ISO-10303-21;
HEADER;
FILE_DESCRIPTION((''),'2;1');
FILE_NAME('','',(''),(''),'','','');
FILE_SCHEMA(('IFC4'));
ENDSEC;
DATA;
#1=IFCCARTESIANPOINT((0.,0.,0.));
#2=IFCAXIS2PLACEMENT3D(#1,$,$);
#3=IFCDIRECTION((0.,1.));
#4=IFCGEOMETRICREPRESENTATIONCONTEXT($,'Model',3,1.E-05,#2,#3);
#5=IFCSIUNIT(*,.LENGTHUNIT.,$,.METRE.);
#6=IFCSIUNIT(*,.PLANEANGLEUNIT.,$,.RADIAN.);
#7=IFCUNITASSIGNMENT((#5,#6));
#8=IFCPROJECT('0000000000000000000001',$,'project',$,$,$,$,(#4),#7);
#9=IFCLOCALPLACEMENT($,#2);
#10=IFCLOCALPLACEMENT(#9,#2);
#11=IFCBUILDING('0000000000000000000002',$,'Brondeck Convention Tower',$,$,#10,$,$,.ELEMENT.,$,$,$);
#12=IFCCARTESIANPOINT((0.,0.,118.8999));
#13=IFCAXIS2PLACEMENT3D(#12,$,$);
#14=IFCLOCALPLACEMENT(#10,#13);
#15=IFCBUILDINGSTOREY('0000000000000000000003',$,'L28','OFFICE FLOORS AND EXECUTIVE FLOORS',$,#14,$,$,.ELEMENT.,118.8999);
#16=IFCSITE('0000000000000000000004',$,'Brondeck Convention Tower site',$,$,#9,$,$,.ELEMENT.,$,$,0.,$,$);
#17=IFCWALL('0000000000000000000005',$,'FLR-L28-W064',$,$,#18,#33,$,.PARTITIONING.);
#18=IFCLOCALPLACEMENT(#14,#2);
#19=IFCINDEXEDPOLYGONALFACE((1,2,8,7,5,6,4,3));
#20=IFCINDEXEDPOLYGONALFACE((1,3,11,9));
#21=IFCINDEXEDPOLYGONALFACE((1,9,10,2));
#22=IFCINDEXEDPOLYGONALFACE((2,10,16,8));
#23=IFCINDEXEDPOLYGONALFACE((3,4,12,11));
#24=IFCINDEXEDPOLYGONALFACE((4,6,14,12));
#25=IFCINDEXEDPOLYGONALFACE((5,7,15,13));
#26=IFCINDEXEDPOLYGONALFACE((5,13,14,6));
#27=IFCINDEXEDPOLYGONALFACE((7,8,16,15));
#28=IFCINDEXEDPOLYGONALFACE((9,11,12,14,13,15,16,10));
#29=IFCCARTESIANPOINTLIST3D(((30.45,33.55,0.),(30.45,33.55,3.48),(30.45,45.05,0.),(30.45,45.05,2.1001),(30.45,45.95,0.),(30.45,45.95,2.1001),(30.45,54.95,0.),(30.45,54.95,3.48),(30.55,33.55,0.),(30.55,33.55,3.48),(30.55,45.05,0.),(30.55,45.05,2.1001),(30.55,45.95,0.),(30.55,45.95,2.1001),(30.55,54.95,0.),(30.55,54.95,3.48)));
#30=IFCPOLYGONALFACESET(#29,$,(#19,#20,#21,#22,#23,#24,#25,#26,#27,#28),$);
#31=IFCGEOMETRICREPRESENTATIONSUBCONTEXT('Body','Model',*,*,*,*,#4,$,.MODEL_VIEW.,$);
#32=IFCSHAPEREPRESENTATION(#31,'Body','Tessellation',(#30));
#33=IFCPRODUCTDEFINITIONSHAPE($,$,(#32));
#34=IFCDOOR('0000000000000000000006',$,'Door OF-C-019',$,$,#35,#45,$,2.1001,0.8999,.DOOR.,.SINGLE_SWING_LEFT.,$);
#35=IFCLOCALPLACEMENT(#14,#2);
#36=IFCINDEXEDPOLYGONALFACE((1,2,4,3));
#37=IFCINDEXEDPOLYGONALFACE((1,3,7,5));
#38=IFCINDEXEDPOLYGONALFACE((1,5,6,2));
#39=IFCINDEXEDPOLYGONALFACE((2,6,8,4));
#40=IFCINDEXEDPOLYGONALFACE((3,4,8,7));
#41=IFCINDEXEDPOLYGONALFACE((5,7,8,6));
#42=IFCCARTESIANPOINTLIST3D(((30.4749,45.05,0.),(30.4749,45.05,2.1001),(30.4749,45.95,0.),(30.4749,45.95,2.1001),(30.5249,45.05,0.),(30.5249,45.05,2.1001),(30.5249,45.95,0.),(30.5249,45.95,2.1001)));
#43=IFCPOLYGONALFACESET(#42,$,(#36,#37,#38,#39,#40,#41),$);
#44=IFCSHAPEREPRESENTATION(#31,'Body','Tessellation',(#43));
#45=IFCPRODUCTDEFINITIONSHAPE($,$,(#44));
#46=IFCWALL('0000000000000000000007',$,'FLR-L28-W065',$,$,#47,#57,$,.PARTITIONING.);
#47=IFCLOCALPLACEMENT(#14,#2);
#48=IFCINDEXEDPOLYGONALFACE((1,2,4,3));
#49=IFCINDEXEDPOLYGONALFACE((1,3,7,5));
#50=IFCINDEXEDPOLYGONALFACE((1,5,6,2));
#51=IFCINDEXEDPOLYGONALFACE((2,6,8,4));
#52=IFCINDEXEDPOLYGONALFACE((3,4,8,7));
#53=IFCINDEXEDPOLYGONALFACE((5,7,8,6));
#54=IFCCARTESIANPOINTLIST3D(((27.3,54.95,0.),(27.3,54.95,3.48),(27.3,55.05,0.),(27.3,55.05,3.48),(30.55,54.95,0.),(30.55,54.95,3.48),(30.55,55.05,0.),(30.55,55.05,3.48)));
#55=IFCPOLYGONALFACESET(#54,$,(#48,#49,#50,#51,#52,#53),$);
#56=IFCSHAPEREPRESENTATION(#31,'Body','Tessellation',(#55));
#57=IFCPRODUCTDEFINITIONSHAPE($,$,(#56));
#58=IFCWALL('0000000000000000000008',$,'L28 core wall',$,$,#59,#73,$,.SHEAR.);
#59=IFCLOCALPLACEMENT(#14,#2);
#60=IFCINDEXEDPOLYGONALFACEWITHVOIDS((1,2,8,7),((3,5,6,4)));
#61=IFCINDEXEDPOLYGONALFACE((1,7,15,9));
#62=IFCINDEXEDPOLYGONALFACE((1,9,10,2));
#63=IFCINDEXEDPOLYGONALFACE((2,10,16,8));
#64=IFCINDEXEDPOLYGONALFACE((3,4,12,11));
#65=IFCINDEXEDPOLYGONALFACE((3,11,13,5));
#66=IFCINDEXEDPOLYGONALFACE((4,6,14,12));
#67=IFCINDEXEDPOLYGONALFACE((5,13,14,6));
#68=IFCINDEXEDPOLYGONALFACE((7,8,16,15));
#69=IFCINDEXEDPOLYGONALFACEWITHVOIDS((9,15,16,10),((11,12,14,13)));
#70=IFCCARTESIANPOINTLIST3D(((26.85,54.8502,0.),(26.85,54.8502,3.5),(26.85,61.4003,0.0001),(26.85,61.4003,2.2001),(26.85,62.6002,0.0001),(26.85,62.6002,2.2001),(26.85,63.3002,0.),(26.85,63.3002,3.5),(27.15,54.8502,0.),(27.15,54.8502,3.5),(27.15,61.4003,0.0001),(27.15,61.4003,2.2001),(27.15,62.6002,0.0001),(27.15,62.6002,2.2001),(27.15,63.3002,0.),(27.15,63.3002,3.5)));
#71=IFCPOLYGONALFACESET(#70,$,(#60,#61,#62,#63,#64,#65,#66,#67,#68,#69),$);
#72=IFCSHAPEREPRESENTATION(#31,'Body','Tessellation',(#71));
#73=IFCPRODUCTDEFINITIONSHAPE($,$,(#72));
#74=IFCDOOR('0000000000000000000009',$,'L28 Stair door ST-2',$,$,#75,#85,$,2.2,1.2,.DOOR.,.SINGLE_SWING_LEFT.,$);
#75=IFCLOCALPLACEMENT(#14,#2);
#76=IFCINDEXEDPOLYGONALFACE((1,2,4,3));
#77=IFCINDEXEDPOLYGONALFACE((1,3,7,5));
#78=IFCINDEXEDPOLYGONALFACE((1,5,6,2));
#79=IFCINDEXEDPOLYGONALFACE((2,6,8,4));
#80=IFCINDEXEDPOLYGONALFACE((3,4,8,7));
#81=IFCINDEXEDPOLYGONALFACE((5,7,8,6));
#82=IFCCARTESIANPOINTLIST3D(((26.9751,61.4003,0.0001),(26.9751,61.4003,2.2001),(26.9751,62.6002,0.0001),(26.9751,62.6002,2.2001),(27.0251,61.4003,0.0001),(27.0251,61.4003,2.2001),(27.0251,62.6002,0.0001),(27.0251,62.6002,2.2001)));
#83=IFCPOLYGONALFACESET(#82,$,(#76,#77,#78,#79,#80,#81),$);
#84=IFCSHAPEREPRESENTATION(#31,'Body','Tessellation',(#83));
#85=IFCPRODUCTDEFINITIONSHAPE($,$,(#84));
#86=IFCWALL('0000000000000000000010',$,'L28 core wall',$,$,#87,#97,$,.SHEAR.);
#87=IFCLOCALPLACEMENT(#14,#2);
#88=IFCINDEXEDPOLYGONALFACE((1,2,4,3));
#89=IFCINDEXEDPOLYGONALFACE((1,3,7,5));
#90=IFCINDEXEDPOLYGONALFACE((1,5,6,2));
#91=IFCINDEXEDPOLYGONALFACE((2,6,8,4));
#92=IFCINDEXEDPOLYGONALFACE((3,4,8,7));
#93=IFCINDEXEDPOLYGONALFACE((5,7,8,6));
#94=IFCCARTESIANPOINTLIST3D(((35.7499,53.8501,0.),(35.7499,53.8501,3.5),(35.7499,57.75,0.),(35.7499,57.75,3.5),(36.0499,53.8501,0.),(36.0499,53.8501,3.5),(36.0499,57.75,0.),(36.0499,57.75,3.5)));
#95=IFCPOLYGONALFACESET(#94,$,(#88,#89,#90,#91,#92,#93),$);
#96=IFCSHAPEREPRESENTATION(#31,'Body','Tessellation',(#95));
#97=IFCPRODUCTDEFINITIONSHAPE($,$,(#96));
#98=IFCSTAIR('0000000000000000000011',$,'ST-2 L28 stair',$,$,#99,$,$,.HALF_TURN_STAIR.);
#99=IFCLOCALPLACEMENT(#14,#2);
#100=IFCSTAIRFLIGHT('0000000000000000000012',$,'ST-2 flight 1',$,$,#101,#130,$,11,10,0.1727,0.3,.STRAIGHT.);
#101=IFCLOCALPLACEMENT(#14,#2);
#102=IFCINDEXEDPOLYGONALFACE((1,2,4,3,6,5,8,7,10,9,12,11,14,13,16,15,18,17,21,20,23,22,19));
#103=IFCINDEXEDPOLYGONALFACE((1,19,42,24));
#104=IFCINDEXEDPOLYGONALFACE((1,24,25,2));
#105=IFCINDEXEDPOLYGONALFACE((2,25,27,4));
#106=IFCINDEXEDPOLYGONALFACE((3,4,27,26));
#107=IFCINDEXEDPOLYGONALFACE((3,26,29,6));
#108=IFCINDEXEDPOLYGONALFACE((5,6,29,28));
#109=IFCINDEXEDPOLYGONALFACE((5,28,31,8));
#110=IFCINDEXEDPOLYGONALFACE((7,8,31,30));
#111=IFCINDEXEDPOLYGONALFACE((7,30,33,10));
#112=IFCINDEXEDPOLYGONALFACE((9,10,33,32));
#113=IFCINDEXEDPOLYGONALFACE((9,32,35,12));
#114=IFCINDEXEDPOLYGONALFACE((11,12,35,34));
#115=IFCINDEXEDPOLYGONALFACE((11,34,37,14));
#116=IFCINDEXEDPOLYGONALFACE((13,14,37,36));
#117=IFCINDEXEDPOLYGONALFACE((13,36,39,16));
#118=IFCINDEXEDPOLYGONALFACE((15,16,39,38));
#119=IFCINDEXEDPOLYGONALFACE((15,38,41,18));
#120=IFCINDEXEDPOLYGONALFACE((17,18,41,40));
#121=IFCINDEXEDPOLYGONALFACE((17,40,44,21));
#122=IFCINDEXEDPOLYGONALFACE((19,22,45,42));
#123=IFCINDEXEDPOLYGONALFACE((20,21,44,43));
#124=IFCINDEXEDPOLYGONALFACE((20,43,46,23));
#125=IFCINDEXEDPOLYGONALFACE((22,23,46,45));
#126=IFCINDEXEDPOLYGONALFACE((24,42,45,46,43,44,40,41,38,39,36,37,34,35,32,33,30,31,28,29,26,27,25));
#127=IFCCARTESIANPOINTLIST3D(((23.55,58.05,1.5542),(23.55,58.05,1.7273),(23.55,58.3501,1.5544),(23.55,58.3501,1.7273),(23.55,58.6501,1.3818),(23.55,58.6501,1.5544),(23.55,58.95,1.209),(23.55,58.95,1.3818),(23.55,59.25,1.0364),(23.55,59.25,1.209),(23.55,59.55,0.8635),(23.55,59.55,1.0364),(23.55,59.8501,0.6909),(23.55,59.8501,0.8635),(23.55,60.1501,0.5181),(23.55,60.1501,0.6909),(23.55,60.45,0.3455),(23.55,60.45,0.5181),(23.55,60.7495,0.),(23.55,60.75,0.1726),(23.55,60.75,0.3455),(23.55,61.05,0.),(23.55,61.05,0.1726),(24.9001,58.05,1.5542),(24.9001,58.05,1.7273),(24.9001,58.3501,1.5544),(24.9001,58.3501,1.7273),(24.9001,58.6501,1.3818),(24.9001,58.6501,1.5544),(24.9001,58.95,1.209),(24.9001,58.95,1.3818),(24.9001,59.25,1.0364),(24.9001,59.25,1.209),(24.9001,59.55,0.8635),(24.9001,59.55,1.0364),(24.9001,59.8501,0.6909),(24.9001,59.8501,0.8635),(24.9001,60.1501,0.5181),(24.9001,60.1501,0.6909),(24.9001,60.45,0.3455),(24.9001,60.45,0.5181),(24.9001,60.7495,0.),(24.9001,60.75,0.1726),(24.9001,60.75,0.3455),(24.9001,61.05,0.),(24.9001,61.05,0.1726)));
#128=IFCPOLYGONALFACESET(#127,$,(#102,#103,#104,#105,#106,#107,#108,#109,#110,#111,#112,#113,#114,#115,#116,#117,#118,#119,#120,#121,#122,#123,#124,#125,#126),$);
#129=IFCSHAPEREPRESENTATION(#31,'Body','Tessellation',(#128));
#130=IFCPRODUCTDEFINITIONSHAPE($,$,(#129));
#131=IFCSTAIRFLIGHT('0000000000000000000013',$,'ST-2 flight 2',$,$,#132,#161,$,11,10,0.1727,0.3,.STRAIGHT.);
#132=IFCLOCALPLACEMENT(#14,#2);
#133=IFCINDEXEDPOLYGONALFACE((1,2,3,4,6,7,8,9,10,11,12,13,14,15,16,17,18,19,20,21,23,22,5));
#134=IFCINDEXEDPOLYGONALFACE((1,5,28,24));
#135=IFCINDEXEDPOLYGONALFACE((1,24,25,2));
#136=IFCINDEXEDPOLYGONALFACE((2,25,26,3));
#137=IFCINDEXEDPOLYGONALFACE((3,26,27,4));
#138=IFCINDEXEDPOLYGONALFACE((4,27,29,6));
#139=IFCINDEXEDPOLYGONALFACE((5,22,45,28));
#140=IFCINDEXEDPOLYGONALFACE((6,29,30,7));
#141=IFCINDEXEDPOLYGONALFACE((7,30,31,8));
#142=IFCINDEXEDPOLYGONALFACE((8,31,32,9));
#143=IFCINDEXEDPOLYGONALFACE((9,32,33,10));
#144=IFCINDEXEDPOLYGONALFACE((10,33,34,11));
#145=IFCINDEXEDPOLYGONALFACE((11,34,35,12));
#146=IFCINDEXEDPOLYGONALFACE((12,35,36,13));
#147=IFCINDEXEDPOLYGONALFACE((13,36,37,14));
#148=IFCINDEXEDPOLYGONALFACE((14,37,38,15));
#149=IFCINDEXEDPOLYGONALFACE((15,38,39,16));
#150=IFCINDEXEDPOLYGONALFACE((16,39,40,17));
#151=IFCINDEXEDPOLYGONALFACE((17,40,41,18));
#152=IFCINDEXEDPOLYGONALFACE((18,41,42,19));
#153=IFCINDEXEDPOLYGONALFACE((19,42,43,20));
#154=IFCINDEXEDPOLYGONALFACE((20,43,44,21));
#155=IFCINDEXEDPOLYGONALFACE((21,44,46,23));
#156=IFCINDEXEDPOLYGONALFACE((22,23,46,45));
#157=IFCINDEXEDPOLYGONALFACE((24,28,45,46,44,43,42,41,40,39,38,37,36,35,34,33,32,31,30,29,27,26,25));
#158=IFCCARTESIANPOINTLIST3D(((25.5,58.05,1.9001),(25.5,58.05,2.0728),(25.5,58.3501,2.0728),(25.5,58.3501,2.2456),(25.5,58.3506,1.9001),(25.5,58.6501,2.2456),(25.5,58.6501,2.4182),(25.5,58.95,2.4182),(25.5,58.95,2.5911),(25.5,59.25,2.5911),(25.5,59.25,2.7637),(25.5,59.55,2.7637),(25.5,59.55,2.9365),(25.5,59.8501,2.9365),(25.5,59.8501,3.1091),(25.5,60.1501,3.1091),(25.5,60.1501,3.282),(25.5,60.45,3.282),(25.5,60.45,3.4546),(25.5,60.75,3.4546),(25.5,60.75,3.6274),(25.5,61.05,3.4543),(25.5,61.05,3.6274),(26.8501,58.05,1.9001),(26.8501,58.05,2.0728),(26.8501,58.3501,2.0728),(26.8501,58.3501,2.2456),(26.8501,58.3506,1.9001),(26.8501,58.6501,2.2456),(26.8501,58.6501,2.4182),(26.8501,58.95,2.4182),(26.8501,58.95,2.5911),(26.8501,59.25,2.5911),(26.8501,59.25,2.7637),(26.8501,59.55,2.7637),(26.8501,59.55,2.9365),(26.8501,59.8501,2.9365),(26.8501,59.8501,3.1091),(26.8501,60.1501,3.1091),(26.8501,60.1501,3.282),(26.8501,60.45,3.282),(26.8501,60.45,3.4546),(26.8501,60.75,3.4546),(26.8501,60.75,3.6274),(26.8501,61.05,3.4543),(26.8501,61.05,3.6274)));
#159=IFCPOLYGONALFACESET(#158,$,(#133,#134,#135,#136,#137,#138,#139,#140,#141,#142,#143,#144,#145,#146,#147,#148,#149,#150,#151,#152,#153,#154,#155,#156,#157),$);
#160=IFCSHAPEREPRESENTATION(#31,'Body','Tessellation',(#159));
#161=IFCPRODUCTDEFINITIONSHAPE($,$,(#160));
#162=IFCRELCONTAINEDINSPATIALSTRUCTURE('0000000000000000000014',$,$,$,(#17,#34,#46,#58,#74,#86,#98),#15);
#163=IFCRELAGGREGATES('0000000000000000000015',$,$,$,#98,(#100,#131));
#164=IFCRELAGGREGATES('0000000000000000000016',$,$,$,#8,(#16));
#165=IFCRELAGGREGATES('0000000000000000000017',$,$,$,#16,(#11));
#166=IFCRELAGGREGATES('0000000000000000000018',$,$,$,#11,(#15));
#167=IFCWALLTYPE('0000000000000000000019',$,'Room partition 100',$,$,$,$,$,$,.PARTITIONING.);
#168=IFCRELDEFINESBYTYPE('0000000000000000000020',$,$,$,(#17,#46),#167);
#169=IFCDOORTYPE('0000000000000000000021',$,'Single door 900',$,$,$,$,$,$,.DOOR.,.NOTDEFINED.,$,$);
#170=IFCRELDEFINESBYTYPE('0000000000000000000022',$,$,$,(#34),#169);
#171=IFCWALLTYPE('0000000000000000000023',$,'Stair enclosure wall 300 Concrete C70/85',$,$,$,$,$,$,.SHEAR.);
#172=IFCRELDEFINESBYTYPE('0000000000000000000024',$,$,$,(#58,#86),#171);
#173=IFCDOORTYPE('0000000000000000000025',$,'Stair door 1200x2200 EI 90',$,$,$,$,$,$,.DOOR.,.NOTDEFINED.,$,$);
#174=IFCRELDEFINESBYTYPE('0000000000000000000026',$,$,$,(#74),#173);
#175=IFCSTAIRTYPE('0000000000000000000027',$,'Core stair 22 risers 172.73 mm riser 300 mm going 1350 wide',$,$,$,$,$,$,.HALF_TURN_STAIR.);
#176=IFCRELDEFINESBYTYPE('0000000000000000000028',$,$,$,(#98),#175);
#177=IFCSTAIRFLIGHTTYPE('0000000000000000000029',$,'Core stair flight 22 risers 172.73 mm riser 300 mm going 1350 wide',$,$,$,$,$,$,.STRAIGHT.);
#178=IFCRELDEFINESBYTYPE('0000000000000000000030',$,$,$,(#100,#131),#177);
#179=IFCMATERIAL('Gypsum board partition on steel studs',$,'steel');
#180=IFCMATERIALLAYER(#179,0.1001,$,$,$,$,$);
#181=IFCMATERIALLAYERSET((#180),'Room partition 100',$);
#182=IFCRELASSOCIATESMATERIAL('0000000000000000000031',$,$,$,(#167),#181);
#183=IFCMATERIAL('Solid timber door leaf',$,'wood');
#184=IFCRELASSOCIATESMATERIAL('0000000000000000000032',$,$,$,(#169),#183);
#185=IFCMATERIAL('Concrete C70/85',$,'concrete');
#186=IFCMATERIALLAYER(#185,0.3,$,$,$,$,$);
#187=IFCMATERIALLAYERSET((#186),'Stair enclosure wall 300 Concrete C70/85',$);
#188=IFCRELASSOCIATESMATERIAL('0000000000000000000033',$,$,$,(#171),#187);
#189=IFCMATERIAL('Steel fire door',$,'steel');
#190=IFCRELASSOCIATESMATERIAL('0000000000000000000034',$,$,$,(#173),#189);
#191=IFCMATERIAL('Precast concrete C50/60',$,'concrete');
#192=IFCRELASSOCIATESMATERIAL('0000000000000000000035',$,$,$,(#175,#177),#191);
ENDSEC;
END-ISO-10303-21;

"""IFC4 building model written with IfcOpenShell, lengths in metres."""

from ifc_helpers import new_model, si_unit, direction, frame, frame_2d, origin, place, context, subcontext, project, spatial, polyline, rectangle, outline, extrude, material, layer, layer_set, type_object, element, fill, aggregate, save


model = new_model("IFC4")

# Units and contexts
model_context = context("Model", 3, precision=1e-05, world=origin(), true_north=direction((0.0, 1.0)))
body_context = subcontext(model_context, "Body", "Model", "MODEL_VIEW")
ifc_project = project(units=[si_unit("LENGTHUNIT", "METRE"), si_unit("PLANEANGLEUNIT", "RADIAN")], contexts=[model_context])

# Site, building, storey
site_placement = place(None, origin())
site = spatial("IfcSite", under=ifc_project, at=site_placement, Name="Brondeck Convention Tower site", CompositionType="ELEMENT", RefElevation=0.0)
building_placement = place(site_placement, origin())
building = spatial("IfcBuilding", under=site, at=building_placement, Name="Brondeck Convention Tower", CompositionType="ELEMENT")
storey_placement = place(building_placement, frame((0.0, 0.0, 118.8999)))
storey = spatial("IfcBuildingStorey", under=building, at=storey_placement, Name="L28", Description="OFFICE FLOORS AND EXECUTIVE FLOORS", CompositionType="ELEMENT", Elevation=118.8999)

# Shared definitions
ifc_material_1 = material(Name="Concrete C70/85", Category="concrete")

# Shared definitions
ifc_material_2 = material(Name="Gypsum board partition on steel studs", Category="steel")
ifc_layer_1 = layer(ifc_material_2, 0.1001)
ifc_layer_set_1 = layer_set([ifc_layer_1], Name="Room partition 100")
wall_type_1 = type_object("IfcWallType", Name="Room partition 100", PredefinedType="PARTITIONING", material=ifc_layer_set_1)

# Wall, opening, door
wall_1_placement = place(storey_placement, frame((30.5, 54.95, 0.0), z_axis=(0.0, 0.0, 1.0), x_axis=(0.0, -1.0, 0.0)))
wall_1 = element("IfcWall", 1, at=wall_1_placement, inside=storey, type_object=wall_type_1, Name="FLR-L28-W064", PredefinedType="PARTITIONING", context=body_context, shape_type="SweptSolid", body=[
    extrude(rectangle(XDim=21.3999, YDim=0.1001, at=frame_2d((10.7, 0.0))), origin(), (0.0, 0.0, 1.0), 3.48),
])
opening_1_placement = place(wall_1_placement, frame((9.0, 0.0, 0.0)))
opening_1 = element("IfcOpeningElement", 2, at=opening_1_placement, cuts=wall_1, PredefinedType="OPENING", context=body_context, shape_type="SweptSolid", body=[
    extrude(rectangle(XDim=0.8999, YDim=2.1001, at=frame_2d((0.45, 1.05))), frame((0.0, 0.0601, 0.0), z_axis=(0.0, -1.0, 0.0), x_axis=(1.0, 0.0, 0.0)), (0.0, 0.0, 1.0), 0.1201),
])
ifc_material_3 = material(Name="Solid timber door leaf", Category="wood")
door_type_1 = type_object("IfcDoorType", Name="Single door 900", OperationType="NOTDEFINED", PredefinedType="DOOR", material=ifc_material_3)
door_1_placement = place(opening_1_placement, origin())
door_1 = element("IfcDoor", 3, at=door_1_placement, inside=storey, type_object=door_type_1, Name="Door OF-C-019", OperationType="SINGLE_SWING_LEFT", OverallHeight=2.1001, OverallWidth=0.8999, PredefinedType="DOOR", context=body_context, shape_type="SweptSolid", body=[
    extrude(rectangle(XDim=0.8999, YDim=2.1001, at=frame_2d((0.45, 1.05))), frame((0.0, 0.0249, 0.0), z_axis=(0.0, -1.0, 0.0), x_axis=(1.0, 0.0, 0.0)), (0.0, 0.0, 1.0), 0.05),
])
fill(opening_1, door_1)

# Wall
wall_2_placement = place(storey_placement, frame((27.3, 55.0, 0.0), z_axis=(0.0, 0.0, 1.0), x_axis=(1.0, 0.0, 0.0)))
element("IfcWall", 4, at=wall_2_placement, inside=storey, type_object=wall_type_1, Name="FLR-L28-W065", PredefinedType="PARTITIONING", context=body_context, shape_type="SweptSolid", body=[
    extrude(rectangle(XDim=3.25, YDim=0.1001, at=frame_2d((1.625, 0.0))), origin(), (0.0, 0.0, 1.0), 3.48),
])

# Wall, opening, door
ifc_layer_2 = layer(ifc_material_1, 0.3)
ifc_layer_set_2 = layer_set([ifc_layer_2], Name="Stair enclosure wall 300 Concrete C70/85")
wall_type_2 = type_object("IfcWallType", Name="Stair enclosure wall 300 Concrete C70/85", PredefinedType="SHEAR", material=ifc_layer_set_2)
wall_3_placement = place(storey_placement, frame((27.0, 54.8501, 0.0), z_axis=(0.0, 0.0, 1.0), x_axis=(0.0, 1.0, 0.0)))
wall_3 = element("IfcWall", 5, at=wall_3_placement, inside=storey, type_object=wall_type_2, Name="L28 core wall", PredefinedType="SHEAR", context=body_context, shape_type="SweptSolid", body=[
    extrude(rectangle(XDim=8.45, YDim=0.3, at=frame_2d((4.2251, 0.0))), origin(), (0.0, 0.0, 1.0), 3.5),
])
opening_2_placement = place(wall_3_placement, frame((6.55, 0.0, 0.0)))
opening_2 = element("IfcOpeningElement", 6, at=opening_2_placement, cuts=wall_3, PredefinedType="OPENING", context=body_context, shape_type="SweptSolid", body=[
    extrude(rectangle(XDim=1.2, YDim=2.2, at=frame_2d((0.6001, 1.1001))), frame((0.0, 0.1599, 0.0), z_axis=(0.0, -1.0, 0.0), x_axis=(1.0, 0.0, 0.0)), (0.0, 0.0, 1.0), 0.3201),
])
ifc_material_4 = material(Name="Steel fire door", Category="steel")
door_type_2 = type_object("IfcDoorType", Name="Stair door 1200x2200 EI 90", OperationType="NOTDEFINED", PredefinedType="DOOR", material=ifc_material_4)
door_2_placement = place(opening_2_placement, origin())
door_2 = element("IfcDoor", 7, at=door_2_placement, inside=storey, type_object=door_type_2, Name="L28 Stair door ST-2", OperationType="SINGLE_SWING_LEFT", OverallHeight=2.2, OverallWidth=1.2, PredefinedType="DOOR", context=body_context, shape_type="SweptSolid", body=[
    extrude(rectangle(XDim=1.2, YDim=2.2, at=frame_2d((0.6001, 1.1001))), frame((0.0, 0.0249, 0.0), z_axis=(0.0, -1.0, 0.0), x_axis=(1.0, 0.0, 0.0)), (0.0, 0.0, 1.0), 0.05),
])
fill(opening_2, door_2)

# Wall
wall_4_placement = place(storey_placement, frame((35.8999, 53.8501, 0.0), z_axis=(0.0, 0.0, 1.0), x_axis=(0.0, 1.0, 0.0)))
element("IfcWall", 8, at=wall_4_placement, inside=storey, type_object=wall_type_2, Name="L28 core wall", PredefinedType="SHEAR", context=body_context, shape_type="SweptSolid", body=[
    extrude(rectangle(XDim=3.8999, YDim=0.3, at=frame_2d((1.95, 0.0))), origin(), (0.0, 0.0, 1.0), 3.5),
])

# Stair, stair flights
ifc_material_5 = material(Name="Precast concrete C50/60", Category="concrete")
stair_type = type_object("IfcStairType", Name="Core stair 22 risers 172.73 mm riser 300 mm going 1350 wide", PredefinedType="HALF_TURN_STAIR", material=ifc_material_5)
stair_placement = place(storey_placement, origin())
stair = element("IfcStair", 9, at=stair_placement, inside=storey, type_object=stair_type, Name="ST-2 L28 stair", PredefinedType="HALF_TURN_STAIR")
stair_flight_type = type_object("IfcStairFlightType", Name="Core stair flight 22 risers 172.73 mm riser 300 mm going 1350 wide", PredefinedType="STRAIGHT", material=ifc_material_5)
stair_flight_1_placement = place(storey_placement, frame((24.2251, 61.05, 0.0), z_axis=(0.0, 0.0, 1.0), x_axis=(0.0, -1.0, 0.0)))
stair_flight_1 = element("IfcStairFlight", 10, at=stair_flight_1_placement, type_object=stair_flight_type, Name="ST-2 flight 1", NumberOfRisers=11, NumberOfTreads=10, PredefinedType="STRAIGHT", RiserHeight=0.1727, TreadLength=0.3, context=body_context, shape_type="SweptSolid", body=[
    extrude(outline(polyline([(0.0, 0.0), (0.0, 0.1726), (0.3, 0.1726), (0.3, 0.3455), (0.6001, 0.3455), (0.6001, 0.5181), (0.8999, 0.5181), (0.8999, 0.6909), (1.2, 0.6909), (1.2, 0.8635), (1.5, 0.8635), (1.5, 1.0364), (1.8, 1.0364), (1.8, 1.209), (2.1001, 1.209), (2.1001, 1.3818), (2.3999, 1.3818), (2.3999, 1.5544), (2.7, 1.5544), (2.7, 1.7273), (3.0, 1.7273), (3.0, 1.8999), (3.0, 1.5542), (0.3005, 0.0), (0.0, 0.0)])), frame((0.0, 0.675, 0.0), z_axis=(0.0, -1.0, 0.0), x_axis=(1.0, 0.0, 0.0)), (0.0, 0.0, 1.0), 1.3501),
])
stair_flight_2_placement = place(storey_placement, frame((26.175, 58.05, 1.9001), z_axis=(0.0, 0.0, 1.0), x_axis=(0.0, 1.0, 0.0)))
stair_flight_2 = element("IfcStairFlight", 11, at=stair_flight_2_placement, type_object=stair_flight_type, Name="ST-2 flight 2", NumberOfRisers=11, NumberOfTreads=10, PredefinedType="STRAIGHT", RiserHeight=0.1727, TreadLength=0.3, context=body_context, shape_type="SweptSolid", body=[
    extrude(outline(polyline([(0.0, 0.0), (0.0, 0.1726), (0.3, 0.1726), (0.3, 0.3455), (0.6001, 0.3455), (0.6001, 0.5181), (0.8999, 0.5181), (0.8999, 0.6909), (1.2, 0.6909), (1.2, 0.8635), (1.5, 0.8635), (1.5, 1.0364), (1.8, 1.0364), (1.8, 1.209), (2.1001, 1.209), (2.1001, 1.3818), (2.3999, 1.3818), (2.3999, 1.5544), (2.7, 1.5544), (2.7, 1.7273), (3.0, 1.7273), (3.0, 1.8999), (3.0, 1.5542), (0.3005, 0.0), (0.0, 0.0)])), frame((0.0, 0.675, 0.0), z_axis=(0.0, -1.0, 0.0), x_axis=(1.0, 0.0, 0.0)), (0.0, 0.0, 1.0), 1.3501),
])
aggregate(stair, [stair_flight_1, stair_flight_2])

save(model, "model.ifc")
